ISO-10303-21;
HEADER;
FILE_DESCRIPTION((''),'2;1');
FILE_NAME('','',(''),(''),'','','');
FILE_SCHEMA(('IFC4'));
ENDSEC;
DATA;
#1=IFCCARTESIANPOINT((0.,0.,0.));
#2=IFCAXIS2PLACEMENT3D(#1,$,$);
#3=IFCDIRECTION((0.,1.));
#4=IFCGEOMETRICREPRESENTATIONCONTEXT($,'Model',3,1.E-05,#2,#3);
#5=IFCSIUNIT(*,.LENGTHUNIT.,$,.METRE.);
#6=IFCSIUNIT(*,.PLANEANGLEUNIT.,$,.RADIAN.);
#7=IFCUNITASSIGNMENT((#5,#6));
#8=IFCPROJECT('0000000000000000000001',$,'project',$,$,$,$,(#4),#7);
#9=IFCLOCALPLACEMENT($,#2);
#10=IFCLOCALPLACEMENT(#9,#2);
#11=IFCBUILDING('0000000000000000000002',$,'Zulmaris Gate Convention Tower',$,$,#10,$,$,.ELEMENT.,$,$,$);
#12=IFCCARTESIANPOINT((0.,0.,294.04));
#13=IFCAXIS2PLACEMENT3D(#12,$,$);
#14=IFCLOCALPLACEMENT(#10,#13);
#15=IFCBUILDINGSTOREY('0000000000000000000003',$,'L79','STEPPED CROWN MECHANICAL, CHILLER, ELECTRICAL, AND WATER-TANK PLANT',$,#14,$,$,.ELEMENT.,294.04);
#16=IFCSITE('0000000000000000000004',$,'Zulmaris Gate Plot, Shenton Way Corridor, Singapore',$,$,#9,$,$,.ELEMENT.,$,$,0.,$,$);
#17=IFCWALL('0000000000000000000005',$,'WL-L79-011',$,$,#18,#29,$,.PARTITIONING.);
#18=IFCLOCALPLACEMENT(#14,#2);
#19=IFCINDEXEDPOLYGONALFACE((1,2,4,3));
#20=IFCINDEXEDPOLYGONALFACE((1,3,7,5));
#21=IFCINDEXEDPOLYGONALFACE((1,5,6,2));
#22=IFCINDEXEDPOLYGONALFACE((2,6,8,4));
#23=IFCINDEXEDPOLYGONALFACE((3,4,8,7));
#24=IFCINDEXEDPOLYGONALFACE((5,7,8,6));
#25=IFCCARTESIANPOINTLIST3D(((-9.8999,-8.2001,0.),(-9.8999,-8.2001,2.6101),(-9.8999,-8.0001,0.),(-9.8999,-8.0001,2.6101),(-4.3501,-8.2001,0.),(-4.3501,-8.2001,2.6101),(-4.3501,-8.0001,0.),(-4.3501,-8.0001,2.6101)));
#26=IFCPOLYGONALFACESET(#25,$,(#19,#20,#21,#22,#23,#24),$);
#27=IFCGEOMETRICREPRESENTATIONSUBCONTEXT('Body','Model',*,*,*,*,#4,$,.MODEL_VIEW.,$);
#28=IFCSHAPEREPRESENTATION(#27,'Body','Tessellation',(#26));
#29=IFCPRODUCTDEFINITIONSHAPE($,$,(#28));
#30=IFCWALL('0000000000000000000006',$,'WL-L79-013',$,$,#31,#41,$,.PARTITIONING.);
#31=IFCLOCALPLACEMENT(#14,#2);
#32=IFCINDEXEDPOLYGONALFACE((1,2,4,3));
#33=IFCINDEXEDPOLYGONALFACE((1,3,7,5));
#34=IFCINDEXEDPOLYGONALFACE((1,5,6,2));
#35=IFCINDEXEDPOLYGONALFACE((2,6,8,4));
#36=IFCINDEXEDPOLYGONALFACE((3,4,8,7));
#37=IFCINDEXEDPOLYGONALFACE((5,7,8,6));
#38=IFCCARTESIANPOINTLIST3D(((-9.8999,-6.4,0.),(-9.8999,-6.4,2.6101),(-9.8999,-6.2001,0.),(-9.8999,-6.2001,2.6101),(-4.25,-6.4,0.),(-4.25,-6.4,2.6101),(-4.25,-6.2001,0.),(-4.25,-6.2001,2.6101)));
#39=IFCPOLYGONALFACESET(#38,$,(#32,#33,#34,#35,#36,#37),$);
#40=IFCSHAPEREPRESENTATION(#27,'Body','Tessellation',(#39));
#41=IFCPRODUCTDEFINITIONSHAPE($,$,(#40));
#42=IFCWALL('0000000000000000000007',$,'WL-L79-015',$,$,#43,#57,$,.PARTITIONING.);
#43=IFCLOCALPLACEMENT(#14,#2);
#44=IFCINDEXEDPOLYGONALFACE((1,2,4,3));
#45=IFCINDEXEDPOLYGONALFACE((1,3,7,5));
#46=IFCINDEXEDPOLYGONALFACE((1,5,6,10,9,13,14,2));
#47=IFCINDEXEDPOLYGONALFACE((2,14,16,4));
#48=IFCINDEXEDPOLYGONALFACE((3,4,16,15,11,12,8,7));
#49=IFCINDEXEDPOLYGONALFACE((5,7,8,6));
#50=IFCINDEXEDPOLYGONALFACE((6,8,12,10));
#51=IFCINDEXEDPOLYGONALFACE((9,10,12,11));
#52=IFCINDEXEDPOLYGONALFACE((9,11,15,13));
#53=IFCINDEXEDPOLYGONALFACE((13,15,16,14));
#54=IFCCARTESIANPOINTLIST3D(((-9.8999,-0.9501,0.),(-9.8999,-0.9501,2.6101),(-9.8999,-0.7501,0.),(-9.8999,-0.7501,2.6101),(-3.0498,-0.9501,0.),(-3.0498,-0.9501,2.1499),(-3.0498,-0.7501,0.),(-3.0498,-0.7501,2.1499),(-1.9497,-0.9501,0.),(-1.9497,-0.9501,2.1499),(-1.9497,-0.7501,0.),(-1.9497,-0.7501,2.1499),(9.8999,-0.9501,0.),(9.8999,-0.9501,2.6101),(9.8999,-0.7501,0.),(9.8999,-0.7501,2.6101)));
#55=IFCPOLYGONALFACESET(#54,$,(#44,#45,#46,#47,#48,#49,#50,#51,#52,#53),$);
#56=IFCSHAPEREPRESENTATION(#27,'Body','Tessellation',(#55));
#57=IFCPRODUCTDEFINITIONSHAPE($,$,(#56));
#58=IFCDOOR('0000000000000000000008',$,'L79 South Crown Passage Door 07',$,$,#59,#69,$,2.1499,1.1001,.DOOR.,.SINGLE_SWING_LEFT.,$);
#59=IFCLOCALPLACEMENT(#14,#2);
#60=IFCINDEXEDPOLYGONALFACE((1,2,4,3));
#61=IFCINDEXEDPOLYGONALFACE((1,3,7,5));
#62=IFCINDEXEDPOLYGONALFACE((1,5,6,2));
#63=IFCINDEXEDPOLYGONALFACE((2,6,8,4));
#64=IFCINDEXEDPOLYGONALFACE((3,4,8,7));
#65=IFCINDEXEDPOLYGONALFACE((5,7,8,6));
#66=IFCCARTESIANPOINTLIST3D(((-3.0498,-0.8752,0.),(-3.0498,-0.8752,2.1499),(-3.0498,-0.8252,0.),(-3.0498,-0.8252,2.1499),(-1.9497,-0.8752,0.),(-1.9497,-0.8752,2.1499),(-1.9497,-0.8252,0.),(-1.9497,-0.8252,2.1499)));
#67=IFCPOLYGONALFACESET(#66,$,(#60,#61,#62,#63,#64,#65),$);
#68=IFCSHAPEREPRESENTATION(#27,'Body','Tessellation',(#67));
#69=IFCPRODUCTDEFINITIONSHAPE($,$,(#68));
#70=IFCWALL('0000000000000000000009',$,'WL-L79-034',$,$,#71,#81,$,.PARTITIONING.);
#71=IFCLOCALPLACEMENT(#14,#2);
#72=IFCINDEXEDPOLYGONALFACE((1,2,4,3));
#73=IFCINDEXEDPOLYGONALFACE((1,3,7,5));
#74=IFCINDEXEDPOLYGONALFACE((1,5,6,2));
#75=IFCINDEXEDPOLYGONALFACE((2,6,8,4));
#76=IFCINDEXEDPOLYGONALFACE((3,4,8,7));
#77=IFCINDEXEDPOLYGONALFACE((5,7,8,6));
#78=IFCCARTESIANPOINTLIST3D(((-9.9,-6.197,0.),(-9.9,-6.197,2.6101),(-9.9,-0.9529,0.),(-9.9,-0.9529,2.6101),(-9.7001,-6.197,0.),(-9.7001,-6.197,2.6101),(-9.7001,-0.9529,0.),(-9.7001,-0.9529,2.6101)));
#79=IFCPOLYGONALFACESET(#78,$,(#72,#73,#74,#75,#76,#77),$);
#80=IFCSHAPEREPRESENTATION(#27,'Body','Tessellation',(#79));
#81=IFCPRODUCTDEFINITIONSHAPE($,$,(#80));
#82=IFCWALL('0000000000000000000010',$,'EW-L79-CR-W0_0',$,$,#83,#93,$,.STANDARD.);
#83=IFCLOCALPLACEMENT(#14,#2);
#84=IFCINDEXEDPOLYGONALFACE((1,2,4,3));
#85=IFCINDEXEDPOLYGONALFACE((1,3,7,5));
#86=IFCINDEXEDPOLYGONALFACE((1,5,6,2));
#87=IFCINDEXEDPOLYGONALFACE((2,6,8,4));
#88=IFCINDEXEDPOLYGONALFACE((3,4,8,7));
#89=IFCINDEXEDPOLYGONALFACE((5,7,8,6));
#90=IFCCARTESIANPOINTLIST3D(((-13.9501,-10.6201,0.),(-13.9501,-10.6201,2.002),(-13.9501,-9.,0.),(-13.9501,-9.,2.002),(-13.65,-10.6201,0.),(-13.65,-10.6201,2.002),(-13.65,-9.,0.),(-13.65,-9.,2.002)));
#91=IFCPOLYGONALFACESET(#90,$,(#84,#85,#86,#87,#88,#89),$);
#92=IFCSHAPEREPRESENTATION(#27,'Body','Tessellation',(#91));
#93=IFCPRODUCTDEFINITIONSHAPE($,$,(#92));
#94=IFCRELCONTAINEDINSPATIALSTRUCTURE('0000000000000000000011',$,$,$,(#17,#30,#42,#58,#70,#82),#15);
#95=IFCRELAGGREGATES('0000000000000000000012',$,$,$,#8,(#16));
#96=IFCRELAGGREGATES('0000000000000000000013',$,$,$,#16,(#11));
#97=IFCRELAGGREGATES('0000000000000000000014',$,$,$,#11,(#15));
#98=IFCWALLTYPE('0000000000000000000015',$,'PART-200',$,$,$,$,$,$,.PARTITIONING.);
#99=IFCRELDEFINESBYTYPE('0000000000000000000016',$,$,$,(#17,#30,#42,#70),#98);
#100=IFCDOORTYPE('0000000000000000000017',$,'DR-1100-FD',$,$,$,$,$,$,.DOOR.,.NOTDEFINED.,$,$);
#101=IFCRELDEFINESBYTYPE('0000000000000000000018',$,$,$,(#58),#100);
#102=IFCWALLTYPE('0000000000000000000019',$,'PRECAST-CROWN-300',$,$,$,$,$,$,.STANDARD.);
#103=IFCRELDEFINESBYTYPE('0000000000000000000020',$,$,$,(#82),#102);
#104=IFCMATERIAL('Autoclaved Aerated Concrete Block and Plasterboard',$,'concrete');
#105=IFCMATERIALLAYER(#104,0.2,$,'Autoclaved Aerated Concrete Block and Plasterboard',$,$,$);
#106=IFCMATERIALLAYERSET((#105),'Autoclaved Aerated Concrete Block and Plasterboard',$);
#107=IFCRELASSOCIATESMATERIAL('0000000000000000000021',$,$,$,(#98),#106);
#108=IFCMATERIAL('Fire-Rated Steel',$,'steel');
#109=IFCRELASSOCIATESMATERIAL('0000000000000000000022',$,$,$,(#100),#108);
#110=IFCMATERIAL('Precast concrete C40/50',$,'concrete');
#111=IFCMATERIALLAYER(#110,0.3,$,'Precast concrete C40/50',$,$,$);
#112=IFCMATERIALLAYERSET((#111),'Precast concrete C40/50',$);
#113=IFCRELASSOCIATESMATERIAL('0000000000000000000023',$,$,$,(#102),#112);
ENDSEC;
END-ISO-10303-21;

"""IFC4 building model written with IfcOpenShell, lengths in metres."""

from ifc_helpers import new_model, si_unit, direction, frame, frame_2d, origin, place, context, subcontext, project, spatial, rectangle, extrude, material, layer, layer_set, type_object, element, fill, save


model = new_model("IFC4")

# Units and contexts
model_context = context("Model", 3, precision=1e-05, world=origin(), true_north=direction((0.0, 1.0)))
body_context = subcontext(model_context, "Body", "Model", "MODEL_VIEW")
ifc_project = project(units=[si_unit("LENGTHUNIT", "METRE"), si_unit("PLANEANGLEUNIT", "RADIAN")], contexts=[model_context])

# Site, building, storey
site_placement = place(None, origin())
site = spatial("IfcSite", under=ifc_project, at=site_placement, Name="Zulmaris Gate Plot, Shenton Way Corridor, Singapore", CompositionType="ELEMENT", RefElevation=0.0)
building_placement = place(site_placement, origin())
building = spatial("IfcBuilding", under=site, at=building_placement, Name="Zulmaris Gate Convention Tower", CompositionType="ELEMENT")
storey_placement = place(building_placement, frame((0.0, 0.0, 294.04)))
storey = spatial("IfcBuildingStorey", under=building, at=storey_placement, Name="L79", Description="STEPPED CROWN MECHANICAL, CHILLER, ELECTRICAL, AND WATER-TANK PLANT", CompositionType="ELEMENT", Elevation=294.04)

# Shared definitions
ifc_material_1 = material(Name="Fire-Rated Steel", Category="steel")

# Walls
ifc_material_2 = material(Name="Autoclaved Aerated Concrete Block and Plasterboard", Category="concrete")
ifc_layer_1 = layer(ifc_material_2, 0.2, Name="Autoclaved Aerated Concrete Block and Plasterboard")
ifc_layer_set_1 = layer_set([ifc_layer_1], Name="Autoclaved Aerated Concrete Block and Plasterboard")
wall_type_1 = type_object("IfcWallType", Name="PART-200", PredefinedType="PARTITIONING", material=ifc_layer_set_1)
wall_1_placement = place(storey_placement, frame((-9.8999, -8.1001, 0.0), z_axis=(0.0, 0.0, 1.0), x_axis=(1.0, 0.0, 0.0)))
element("IfcWall", 1, at=wall_1_placement, inside=storey, type_object=wall_type_1, Name="WL-L79-011", PredefinedType="PARTITIONING", context=body_context, shape_type="SweptSolid", body=[
    extrude(rectangle(XDim=5.5498, YDim=0.2, at=frame_2d((2.7749, 0.0))), origin(), (0.0, 0.0, 1.0), 2.6101),
])
wall_2_placement = place(storey_placement, frame((-9.8999, -6.3, 0.0), z_axis=(0.0, 0.0, 1.0), x_axis=(1.0, 0.0, 0.0)))
element("IfcWall", 2, at=wall_2_placement, inside=storey, type_object=wall_type_1, Name="WL-L79-013", PredefinedType="PARTITIONING", context=body_context, shape_type="SweptSolid", body=[
    extrude(rectangle(XDim=5.6499, YDim=0.2, at=frame_2d((2.825, 0.0))), origin(), (0.0, 0.0, 1.0), 2.6101),
])

# Wall, opening, door
wall_3_placement = place(storey_placement, frame((-9.8999, -0.8501, 0.0), z_axis=(0.0, 0.0, 1.0), x_axis=(1.0, 0.0, 0.0)))
wall_3 = element("IfcWall", 3, at=wall_3_placement, inside=storey, type_object=wall_type_1, Name="WL-L79-015", PredefinedType="PARTITIONING", context=body_context, shape_type="SweptSolid", body=[
    extrude(rectangle(XDim=19.7998, YDim=0.2, at=frame_2d((9.8999, 0.0))), origin(), (0.0, 0.0, 1.0), 2.6101),
])
opening_1_placement = place(wall_3_placement, frame((6.8501, 0.0, 0.0)))
opening_1 = element("IfcOpeningElement", 4, at=opening_1_placement, cuts=wall_3, PredefinedType="OPENING", context=body_context, shape_type="SweptSolid", body=[
    extrude(rectangle(XDim=1.1001, YDim=2.1499, at=frame_2d((0.55, 1.075))), frame((0.0, 0.1099, 0.0), z_axis=(0.0, -1.0, 0.0), x_axis=(1.0, 0.0, 0.0)), (0.0, 0.0, 1.0), 0.22),
])
door_type_1 = type_object("IfcDoorType", Name="DR-1100-FD", OperationType="NOTDEFINED", PredefinedType="DOOR", material=ifc_material_1)
door_1_placement = place(opening_1_placement, origin())
door_1 = element("IfcDoor", 5, at=door_1_placement, inside=storey, type_object=door_type_1, Name="L79 South Crown Passage Door 07", OperationType="SINGLE_SWING_LEFT", OverallHeight=2.1499, OverallWidth=1.1001, PredefinedType="DOOR", context=body_context, shape_type="SweptSolid", body=[
    extrude(rectangle(XDim=1.1001, YDim=2.1499, at=frame_2d((0.55, 1.075))), frame((0.0, 0.0249, 0.0), z_axis=(0.0, -1.0, 0.0), x_axis=(1.0, 0.0, 0.0)), (0.0, 0.0, 1.0), 0.05),
])
fill(opening_1, door_1)

# Wall
wall_4_placement = place(storey_placement, frame((-9.8, -6.197, 0.0), z_axis=(0.0, 0.0, 1.0), x_axis=(0.0, 1.0, 0.0)))
element("IfcWall", 6, at=wall_4_placement, inside=storey, type_object=wall_type_1, Name="WL-L79-034", PredefinedType="PARTITIONING", context=body_context, shape_type="SweptSolid", body=[
    extrude(rectangle(XDim=5.2441, YDim=0.2, at=frame_2d((2.6221, 0.0))), origin(), (0.0, 0.0, 1.0), 2.6101),
])

# Wall
ifc_material_3 = material(Name="Precast concrete C40/50", Category="concrete")
ifc_layer_2 = layer(ifc_material_3, 0.3, Name="Precast concrete C40/50")
ifc_layer_set_2 = layer_set([ifc_layer_2], Name="Precast concrete C40/50")
wall_type_2 = type_object("IfcWallType", Name="PRECAST-CROWN-300", PredefinedType="STANDARD", material=ifc_layer_set_2)
wall_5_placement = place(storey_placement, frame((-13.8, -9.0, 0.0), z_axis=(0.0, 0.0, 1.0), x_axis=(0.0, -1.0, 0.0)))
element("IfcWall", 7, at=wall_5_placement, inside=storey, type_object=wall_type_2, Name="EW-L79-CR-W0_0", PredefinedType="STANDARD", context=body_context, shape_type="SweptSolid", body=[
    extrude(rectangle(XDim=1.6201, YDim=0.3, at=frame_2d((0.8101, 0.0))), origin(), (0.0, 0.0, 1.0), 2.002),
])

save(model, "model.ifc")
